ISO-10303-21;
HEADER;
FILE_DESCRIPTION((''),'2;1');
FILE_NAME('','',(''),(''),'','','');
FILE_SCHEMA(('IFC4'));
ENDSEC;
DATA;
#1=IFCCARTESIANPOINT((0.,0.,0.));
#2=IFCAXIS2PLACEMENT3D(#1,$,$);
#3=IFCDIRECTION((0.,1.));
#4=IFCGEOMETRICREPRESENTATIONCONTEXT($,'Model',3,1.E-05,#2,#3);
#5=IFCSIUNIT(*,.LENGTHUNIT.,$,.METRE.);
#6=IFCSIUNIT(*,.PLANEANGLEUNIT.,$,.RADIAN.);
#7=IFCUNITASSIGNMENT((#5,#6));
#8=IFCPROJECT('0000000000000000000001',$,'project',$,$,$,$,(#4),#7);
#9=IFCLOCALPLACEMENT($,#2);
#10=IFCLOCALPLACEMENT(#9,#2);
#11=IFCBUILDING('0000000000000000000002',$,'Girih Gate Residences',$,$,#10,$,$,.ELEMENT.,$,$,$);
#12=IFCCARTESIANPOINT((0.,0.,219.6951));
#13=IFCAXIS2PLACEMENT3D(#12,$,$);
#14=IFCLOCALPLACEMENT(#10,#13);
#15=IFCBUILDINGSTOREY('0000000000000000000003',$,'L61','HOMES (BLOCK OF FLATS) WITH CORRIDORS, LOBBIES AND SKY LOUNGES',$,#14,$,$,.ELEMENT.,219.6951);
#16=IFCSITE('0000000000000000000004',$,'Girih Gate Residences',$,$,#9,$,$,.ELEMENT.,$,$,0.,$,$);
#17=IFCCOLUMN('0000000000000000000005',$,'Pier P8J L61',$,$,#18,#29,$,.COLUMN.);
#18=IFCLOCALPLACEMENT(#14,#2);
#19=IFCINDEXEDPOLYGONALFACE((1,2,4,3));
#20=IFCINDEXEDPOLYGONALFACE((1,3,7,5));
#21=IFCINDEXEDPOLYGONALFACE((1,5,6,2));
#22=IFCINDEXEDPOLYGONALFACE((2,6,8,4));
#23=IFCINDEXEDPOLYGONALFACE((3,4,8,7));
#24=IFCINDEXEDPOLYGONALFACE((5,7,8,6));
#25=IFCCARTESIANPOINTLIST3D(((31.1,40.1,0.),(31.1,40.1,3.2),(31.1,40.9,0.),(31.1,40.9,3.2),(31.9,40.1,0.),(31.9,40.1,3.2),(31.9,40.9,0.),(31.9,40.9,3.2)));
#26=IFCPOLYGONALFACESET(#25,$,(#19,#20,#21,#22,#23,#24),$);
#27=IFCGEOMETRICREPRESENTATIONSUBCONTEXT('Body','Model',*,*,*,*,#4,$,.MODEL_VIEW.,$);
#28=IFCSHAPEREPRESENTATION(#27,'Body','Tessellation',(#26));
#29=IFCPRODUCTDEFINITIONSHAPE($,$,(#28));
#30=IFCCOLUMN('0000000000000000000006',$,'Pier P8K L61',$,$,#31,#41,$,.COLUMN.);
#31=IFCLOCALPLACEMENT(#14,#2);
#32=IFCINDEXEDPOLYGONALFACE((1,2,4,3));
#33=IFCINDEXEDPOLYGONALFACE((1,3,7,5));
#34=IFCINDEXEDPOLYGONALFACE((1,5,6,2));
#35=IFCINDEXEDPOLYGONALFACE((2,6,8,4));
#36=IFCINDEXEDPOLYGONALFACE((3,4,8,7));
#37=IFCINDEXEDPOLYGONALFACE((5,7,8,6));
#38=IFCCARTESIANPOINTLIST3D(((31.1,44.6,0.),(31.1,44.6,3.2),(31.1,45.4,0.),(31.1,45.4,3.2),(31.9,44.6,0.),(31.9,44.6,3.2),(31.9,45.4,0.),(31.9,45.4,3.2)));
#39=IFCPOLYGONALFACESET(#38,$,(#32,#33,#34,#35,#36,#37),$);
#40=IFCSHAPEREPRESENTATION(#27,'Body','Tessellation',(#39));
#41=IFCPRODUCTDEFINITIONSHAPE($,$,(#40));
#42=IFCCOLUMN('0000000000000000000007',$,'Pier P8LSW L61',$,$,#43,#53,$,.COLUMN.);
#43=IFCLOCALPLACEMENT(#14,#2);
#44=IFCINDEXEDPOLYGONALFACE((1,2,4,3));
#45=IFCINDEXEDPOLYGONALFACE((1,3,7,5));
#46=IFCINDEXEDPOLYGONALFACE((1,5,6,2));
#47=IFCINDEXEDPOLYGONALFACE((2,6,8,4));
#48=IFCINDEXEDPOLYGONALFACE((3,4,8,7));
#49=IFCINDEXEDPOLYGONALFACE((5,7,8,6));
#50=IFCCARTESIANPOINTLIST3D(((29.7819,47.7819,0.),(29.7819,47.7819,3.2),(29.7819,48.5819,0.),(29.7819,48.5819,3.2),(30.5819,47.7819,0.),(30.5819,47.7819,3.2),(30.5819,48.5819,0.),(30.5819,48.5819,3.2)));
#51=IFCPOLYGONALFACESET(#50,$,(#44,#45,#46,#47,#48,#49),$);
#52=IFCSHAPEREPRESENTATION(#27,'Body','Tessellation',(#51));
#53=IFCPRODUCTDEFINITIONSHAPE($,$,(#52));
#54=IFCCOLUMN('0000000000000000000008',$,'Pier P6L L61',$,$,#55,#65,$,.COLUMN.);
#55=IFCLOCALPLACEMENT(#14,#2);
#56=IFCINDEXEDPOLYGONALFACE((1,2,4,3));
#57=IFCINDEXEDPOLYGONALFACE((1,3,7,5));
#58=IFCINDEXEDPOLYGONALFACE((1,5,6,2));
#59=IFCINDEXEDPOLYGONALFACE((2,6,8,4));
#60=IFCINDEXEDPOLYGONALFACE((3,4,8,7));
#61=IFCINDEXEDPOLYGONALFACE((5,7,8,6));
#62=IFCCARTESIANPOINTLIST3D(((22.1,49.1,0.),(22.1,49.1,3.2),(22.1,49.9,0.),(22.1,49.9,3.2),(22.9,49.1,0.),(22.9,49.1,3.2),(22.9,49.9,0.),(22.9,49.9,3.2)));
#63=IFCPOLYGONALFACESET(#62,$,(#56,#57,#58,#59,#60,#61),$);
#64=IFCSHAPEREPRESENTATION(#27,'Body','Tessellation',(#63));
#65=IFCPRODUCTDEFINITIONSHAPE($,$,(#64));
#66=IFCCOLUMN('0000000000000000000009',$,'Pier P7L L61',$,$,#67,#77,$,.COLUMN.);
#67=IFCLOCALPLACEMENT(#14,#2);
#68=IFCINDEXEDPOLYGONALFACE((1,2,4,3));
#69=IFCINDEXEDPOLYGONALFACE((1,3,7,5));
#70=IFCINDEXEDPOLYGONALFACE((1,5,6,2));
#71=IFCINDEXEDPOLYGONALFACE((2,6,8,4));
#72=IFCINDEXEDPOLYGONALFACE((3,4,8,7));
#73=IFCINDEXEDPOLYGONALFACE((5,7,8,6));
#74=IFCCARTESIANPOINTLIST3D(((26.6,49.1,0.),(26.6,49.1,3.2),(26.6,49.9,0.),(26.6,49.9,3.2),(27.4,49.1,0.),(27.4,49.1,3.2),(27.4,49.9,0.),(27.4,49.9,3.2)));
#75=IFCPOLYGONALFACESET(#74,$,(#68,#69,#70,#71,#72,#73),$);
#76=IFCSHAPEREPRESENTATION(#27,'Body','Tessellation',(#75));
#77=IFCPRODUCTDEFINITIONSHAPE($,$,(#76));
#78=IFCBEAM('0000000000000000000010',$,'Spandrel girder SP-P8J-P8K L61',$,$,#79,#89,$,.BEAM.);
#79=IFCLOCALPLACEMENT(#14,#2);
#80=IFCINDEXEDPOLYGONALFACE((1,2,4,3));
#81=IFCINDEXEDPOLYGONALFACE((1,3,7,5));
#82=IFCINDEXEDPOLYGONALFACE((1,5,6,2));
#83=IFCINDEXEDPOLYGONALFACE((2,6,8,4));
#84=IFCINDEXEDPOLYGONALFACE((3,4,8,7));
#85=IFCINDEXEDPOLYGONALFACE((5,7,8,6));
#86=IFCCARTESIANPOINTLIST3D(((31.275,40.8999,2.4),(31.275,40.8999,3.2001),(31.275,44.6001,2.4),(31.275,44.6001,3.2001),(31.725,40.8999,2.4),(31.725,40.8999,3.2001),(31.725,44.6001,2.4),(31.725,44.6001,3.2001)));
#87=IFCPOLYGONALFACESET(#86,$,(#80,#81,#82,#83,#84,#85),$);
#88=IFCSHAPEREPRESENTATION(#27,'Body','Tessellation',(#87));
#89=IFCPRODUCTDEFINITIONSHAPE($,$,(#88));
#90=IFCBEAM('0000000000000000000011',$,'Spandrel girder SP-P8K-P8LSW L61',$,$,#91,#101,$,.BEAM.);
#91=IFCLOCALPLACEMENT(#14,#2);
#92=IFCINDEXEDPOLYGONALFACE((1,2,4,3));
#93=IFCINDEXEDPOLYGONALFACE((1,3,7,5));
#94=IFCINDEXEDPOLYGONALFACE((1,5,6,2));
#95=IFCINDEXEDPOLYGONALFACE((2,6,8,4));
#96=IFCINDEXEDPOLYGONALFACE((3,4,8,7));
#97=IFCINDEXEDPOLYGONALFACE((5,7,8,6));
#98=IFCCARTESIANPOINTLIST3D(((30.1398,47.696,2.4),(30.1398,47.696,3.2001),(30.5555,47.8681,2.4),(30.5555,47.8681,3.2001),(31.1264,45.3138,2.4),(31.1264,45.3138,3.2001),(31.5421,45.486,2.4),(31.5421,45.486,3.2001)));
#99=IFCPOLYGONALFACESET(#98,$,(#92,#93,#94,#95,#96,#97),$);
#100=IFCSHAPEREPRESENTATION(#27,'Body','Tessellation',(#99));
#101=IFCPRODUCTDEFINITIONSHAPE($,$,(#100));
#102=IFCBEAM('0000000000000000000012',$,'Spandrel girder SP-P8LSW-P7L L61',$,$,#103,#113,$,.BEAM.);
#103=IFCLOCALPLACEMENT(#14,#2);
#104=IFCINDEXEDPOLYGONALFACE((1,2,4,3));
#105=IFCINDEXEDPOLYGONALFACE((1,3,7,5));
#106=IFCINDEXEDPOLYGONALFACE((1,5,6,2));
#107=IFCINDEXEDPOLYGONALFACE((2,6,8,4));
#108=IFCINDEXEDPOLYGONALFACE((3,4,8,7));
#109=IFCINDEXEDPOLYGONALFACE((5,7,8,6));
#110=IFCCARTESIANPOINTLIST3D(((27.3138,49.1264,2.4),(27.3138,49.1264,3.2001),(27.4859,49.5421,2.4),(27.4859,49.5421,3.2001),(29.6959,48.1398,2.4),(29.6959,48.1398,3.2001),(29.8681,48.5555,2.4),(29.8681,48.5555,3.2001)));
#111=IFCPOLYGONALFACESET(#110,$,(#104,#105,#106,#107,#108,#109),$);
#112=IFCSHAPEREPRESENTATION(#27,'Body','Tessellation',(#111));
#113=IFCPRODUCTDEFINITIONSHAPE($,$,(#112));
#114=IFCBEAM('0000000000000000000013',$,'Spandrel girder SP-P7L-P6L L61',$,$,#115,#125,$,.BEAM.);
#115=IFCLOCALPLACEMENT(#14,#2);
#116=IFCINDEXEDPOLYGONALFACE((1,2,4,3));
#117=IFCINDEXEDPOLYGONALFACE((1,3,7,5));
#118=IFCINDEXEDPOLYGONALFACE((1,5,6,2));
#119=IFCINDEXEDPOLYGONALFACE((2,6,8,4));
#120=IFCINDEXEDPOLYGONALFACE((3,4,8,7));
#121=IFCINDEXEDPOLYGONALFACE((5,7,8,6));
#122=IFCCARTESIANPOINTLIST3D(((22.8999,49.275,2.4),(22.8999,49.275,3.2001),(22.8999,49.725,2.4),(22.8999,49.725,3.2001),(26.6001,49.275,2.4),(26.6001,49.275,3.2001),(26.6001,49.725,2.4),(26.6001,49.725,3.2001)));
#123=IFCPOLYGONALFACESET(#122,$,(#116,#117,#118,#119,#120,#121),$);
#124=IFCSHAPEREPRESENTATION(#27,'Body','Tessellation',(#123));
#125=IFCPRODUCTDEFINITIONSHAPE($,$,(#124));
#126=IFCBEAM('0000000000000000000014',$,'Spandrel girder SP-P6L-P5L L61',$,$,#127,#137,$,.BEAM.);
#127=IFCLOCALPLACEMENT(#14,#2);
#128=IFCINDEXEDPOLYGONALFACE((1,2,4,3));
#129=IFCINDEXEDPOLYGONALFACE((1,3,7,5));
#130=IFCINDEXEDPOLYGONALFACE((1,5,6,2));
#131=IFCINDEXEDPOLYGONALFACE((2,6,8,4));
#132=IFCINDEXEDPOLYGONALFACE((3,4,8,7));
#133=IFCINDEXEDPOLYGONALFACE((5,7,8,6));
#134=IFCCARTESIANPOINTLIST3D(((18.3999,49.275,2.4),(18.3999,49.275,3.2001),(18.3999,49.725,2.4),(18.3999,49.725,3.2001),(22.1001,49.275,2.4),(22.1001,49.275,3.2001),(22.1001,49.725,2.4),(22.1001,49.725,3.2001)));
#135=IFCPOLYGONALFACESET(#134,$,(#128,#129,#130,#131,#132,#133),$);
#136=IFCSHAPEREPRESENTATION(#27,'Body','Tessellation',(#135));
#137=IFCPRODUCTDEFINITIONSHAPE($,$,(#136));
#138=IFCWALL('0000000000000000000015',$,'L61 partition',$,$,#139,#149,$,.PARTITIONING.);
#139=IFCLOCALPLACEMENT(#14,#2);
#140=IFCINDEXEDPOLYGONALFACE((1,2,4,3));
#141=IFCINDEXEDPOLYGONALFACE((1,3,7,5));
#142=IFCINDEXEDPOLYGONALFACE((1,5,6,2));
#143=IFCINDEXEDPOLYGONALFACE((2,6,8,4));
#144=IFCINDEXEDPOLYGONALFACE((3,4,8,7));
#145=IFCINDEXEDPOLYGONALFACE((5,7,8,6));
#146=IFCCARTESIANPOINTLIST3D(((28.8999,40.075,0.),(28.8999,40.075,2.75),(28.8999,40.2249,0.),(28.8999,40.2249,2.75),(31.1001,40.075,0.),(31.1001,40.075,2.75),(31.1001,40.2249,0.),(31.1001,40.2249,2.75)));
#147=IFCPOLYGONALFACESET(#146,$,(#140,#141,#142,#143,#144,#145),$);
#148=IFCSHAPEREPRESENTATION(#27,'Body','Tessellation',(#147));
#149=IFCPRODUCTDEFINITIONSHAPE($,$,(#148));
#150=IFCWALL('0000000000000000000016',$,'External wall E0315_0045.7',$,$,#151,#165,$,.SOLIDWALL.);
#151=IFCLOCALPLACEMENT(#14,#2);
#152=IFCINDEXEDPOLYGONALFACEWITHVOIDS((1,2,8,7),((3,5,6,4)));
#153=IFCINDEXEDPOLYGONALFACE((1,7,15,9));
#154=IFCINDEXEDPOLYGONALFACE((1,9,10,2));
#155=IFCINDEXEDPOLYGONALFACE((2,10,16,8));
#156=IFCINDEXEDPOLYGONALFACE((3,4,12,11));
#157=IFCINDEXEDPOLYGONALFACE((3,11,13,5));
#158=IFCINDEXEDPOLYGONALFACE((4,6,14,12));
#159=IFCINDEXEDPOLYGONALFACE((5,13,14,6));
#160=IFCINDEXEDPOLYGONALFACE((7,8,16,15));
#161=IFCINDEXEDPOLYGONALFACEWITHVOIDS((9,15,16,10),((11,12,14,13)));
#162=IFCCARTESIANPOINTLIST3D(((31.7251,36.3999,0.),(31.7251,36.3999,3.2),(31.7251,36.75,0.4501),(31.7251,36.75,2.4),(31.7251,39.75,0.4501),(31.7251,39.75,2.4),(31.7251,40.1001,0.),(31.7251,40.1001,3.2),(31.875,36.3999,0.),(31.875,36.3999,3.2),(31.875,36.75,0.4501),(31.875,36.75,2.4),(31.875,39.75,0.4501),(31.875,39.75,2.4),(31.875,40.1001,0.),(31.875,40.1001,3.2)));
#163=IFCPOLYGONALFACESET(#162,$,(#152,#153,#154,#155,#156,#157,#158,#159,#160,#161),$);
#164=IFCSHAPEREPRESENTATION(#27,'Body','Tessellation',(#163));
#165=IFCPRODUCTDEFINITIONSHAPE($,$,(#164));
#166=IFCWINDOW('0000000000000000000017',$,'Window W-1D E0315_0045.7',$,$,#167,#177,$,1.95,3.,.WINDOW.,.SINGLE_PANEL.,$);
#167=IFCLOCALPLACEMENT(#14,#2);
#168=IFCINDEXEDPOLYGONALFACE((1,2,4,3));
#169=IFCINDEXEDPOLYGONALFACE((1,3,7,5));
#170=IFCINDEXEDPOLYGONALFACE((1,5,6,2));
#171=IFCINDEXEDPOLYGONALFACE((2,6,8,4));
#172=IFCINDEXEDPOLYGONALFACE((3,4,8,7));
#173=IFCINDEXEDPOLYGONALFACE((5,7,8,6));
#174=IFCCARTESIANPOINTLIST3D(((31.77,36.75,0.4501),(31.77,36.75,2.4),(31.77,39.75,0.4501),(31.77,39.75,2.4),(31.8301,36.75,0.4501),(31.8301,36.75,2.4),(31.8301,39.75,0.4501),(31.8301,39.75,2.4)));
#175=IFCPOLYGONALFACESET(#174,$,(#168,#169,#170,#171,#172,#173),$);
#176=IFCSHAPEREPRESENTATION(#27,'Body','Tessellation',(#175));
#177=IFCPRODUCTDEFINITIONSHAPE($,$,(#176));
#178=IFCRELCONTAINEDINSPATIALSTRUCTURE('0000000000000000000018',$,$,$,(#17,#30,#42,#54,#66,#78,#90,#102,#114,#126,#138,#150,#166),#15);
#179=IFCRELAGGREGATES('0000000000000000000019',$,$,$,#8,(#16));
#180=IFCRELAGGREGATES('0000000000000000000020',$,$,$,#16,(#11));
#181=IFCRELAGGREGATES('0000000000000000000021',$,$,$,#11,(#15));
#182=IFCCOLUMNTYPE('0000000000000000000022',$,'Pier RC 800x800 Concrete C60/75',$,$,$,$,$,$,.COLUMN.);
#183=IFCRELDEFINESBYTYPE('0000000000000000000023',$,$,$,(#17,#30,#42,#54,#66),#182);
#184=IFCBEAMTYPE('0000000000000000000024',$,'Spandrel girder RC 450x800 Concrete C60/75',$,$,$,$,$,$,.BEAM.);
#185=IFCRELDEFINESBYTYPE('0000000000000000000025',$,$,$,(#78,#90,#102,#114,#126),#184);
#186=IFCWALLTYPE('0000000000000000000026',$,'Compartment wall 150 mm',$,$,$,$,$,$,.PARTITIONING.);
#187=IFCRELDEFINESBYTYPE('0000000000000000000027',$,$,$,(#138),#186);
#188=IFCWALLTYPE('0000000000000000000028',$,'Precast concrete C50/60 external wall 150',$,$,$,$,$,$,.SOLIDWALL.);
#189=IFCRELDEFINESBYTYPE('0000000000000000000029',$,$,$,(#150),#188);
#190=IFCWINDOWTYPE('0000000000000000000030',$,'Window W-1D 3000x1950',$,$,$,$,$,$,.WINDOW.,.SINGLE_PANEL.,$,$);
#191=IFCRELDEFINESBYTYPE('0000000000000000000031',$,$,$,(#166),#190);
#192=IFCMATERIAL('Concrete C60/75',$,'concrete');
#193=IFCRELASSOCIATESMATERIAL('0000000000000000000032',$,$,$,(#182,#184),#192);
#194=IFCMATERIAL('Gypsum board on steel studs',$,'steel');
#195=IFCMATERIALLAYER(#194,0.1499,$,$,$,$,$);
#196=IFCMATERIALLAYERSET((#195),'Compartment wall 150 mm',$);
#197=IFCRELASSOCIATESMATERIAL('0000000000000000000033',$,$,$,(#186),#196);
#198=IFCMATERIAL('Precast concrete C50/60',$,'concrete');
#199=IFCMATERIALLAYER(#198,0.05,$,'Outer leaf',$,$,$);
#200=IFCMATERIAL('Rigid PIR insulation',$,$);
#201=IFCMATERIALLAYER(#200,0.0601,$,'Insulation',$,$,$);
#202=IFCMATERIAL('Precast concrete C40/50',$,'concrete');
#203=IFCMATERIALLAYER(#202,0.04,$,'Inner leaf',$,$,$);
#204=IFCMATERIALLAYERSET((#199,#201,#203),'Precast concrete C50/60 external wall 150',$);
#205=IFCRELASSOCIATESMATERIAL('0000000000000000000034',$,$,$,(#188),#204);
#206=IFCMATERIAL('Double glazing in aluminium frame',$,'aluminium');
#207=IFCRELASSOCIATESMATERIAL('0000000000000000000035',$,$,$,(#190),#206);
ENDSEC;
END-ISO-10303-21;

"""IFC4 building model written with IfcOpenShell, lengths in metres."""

from ifc_helpers import new_model, si_unit, direction, frame, frame_2d, origin, origin_2d, place, context, subcontext, project, spatial, rectangle, extrude, material, layer, layer_set, material_profile, profile_set, type_object, element, fill, save


model = new_model("IFC4")

# Units and contexts
model_context = context("Model", 3, precision=1e-05, world=origin(), true_north=direction((0.0, 1.0)))
body_context = subcontext(model_context, "Body", "Model", "MODEL_VIEW")
ifc_project = project(units=[si_unit("LENGTHUNIT", "METRE"), si_unit("PLANEANGLEUNIT", "RADIAN")], contexts=[model_context])

# Site, building, storey
site_placement = place(None, origin())
site = spatial("IfcSite", under=ifc_project, at=site_placement, Name="Girih Gate Residences", CompositionType="ELEMENT", RefElevation=0.0)
building_placement = place(site_placement, origin())
building = spatial("IfcBuilding", under=site, at=building_placement, Name="Girih Gate Residences", CompositionType="ELEMENT")
storey_placement = place(building_placement, frame((0.0, 0.0, 219.6951)))
storey = spatial("IfcBuildingStorey", under=building, at=storey_placement, Name="L61", Description="HOMES (BLOCK OF FLATS) WITH CORRIDORS, LOBBIES AND SKY LOUNGES", CompositionType="ELEMENT", Elevation=219.6951)

# Columns
ifc_material_1 = material(Name="Concrete C60/75", Category="concrete")
ifc_material_profile_1 = material_profile(ifc_material_1, rectangle(XDim=0.8, YDim=0.8, at=origin_2d()))
ifc_profile_set_1 = profile_set([ifc_material_profile_1], Name="Concrete C60/75")
column_type = type_object("IfcColumnType", Name="Pier RC 800x800 Concrete C60/75", PredefinedType="COLUMN", material=ifc_profile_set_1)
for number, where, z_axis, x_axis, name in (
    (1, (31.5, 40.5, 0.0), (0.0, 0.0, 1.0), (1.0, 0.0, 0.0), "Pier P8J L61"),
    (2, (31.5, 45.0, 0.0), (0.0, 0.0, 1.0), (1.0, 0.0, 0.0), "Pier P8K L61"),
    (3, (30.1819, 48.1819, 0.0), (0.0, 0.0, 1.0), (1.0, 0.0, 0.0), "Pier P8LSW L61"),
    (4, (22.5, 49.5, 0.0), (0.0, 0.0, 1.0), (1.0, 0.0, 0.0), "Pier P6L L61"),
    (5, (27.0, 49.5, 0.0), (0.0, 0.0, 1.0), (1.0, 0.0, 0.0), "Pier P7L L61"),
):
    element("IfcColumn", number, at=place(storey_placement, frame(where, z_axis=z_axis, x_axis=x_axis)), inside=storey, type_object=column_type, Name=name, PredefinedType="COLUMN", context=body_context, shape_type="SweptSolid", body=[
        extrude(rectangle(XDim=0.8, YDim=0.8, at=origin_2d()), origin(), (0.0, 0.0, 1.0), 3.2),
    ])

# Beams
ifc_material_profile_2 = material_profile(ifc_material_1, rectangle(XDim=0.45, YDim=0.8, at=origin_2d()))
ifc_profile_set_2 = profile_set([ifc_material_profile_2], Name="Concrete C60/75")
beam_type = type_object("IfcBeamType", Name="Spandrel girder RC 450x800 Concrete C60/75", PredefinedType="BEAM", material=ifc_profile_set_2)
beam_placement = place(storey_placement, frame((31.5, 40.8999, 2.8), z_axis=(0.0, 1.0, 0.0), x_axis=(-1.0, 0.0, 0.0)))
element("IfcBeam", 6, at=beam_placement, inside=storey, type_object=beam_type, Name="Spandrel girder SP-P8J-P8K L61", PredefinedType="BEAM", context=body_context, shape_type="SweptSolid", body=[
    extrude(rectangle(XDim=0.45, YDim=0.8, at=origin_2d()), origin(), (0.0, 0.0, 1.0), 3.7002),
])
for number, where, z_axis, x_axis, name in (
    (7, (31.3342, 45.3999, 2.8), (-0.382644, 0.923896, 0.0), (-0.923896, -0.382644, 0.0), "Spandrel girder SP-P8K-P8LSW L61"),
    (8, (29.782, 48.3477, 2.8), (-0.923896, 0.382644, 0.0), (-0.382644, -0.923896, 0.0), "Spandrel girder SP-P8LSW-P7L L61"),
):
    element("IfcBeam", number, at=place(storey_placement, frame(where, z_axis=z_axis, x_axis=x_axis)), inside=storey, type_object=beam_type, Name=name, PredefinedType="BEAM", context=body_context, shape_type="SweptSolid", body=[
        extrude(rectangle(XDim=0.45, YDim=0.8, at=origin_2d()), origin(), (0.0, 0.0, 1.0), 2.5784),
    ])
for number, where, z_axis, x_axis, name in (
    (9, (26.6001, 49.5, 2.8), (-1.0, 0.0, 0.0), (0.0, -1.0, 0.0), "Spandrel girder SP-P7L-P6L L61"),
    (10, (22.1001, 49.5, 2.8), (-1.0, 0.0, 0.0), (0.0, -1.0, 0.0), "Spandrel girder SP-P6L-P5L L61"),
):
    element("IfcBeam", number, at=place(storey_placement, frame(where, z_axis=z_axis, x_axis=x_axis)), inside=storey, type_object=beam_type, Name=name, PredefinedType="BEAM", context=body_context, shape_type="SweptSolid", body=[
        extrude(rectangle(XDim=0.45, YDim=0.8, at=origin_2d()), origin(), (0.0, 0.0, 1.0), 3.7002),
    ])

# Wall
ifc_material_2 = material(Name="Gypsum board on steel studs", Category="steel")
ifc_layer_1 = layer(ifc_material_2, 0.1499)
ifc_layer_set_1 = layer_set([ifc_layer_1], Name="Compartment wall 150 mm")
wall_type_1 = type_object("IfcWallType", Name="Compartment wall 150 mm", PredefinedType="PARTITIONING", material=ifc_layer_set_1)
wall_1_placement = place(storey_placement, frame((28.8999, 40.1499, 0.0), z_axis=(0.0, 0.0, 1.0), x_axis=(1.0, 0.0, 0.0)))
element("IfcWall", 11, at=wall_1_placement, inside=storey, type_object=wall_type_1, Name="L61 partition", PredefinedType="PARTITIONING", context=body_context, shape_type="SweptSolid", body=[
    extrude(rectangle(XDim=2.2002, YDim=0.1499, at=frame_2d((1.1001, 0.0))), origin(), (0.0, 0.0, 1.0), 2.75),
])

# Wall, opening, window
ifc_material_3 = material(Name="Precast concrete C50/60", Category="concrete")
ifc_layer_2 = layer(ifc_material_3, 0.05, Name="Outer leaf")
ifc_material_4 = material(Name="Rigid PIR insulation")
ifc_layer_3 = layer(ifc_material_4, 0.0601, Name="Insulation")
ifc_material_5 = material(Name="Precast concrete C40/50", Category="concrete")
ifc_layer_4 = layer(ifc_material_5, 0.04, Name="Inner leaf")
ifc_layer_set_2 = layer_set([ifc_layer_2, ifc_layer_3, ifc_layer_4], Name="Precast concrete C50/60 external wall 150")
wall_type_2 = type_object("IfcWallType", Name="Precast concrete C50/60 external wall 150", PredefinedType="SOLIDWALL", material=ifc_layer_set_2)
wall_2_placement = place(storey_placement, frame((31.8, 40.1001, 0.0), z_axis=(0.0, 0.0, 1.0), x_axis=(0.0, -1.0, 0.0)))
wall_2 = element("IfcWall", 12, at=wall_2_placement, inside=storey, type_object=wall_type_2, Name="External wall E0315_0045.7", PredefinedType="SOLIDWALL", context=body_context, shape_type="SweptSolid", body=[
    extrude(rectangle(XDim=3.7002, YDim=0.1499, at=frame_2d((1.8501, 0.0))), origin(), (0.0, 0.0, 1.0), 3.2),
])
opening_1_placement = place(wall_2_placement, frame((0.3501, 0.0, 0.45)))
opening_1 = element("IfcOpeningElement", 13, at=opening_1_placement, cuts=wall_2, PredefinedType="OPENING", context=body_context, shape_type="SweptSolid", body=[
    extrude(rectangle(XDim=3.0, YDim=1.95, at=frame_2d((1.5, 0.9751))), frame((0.0, 0.085, 0.0), z_axis=(0.0, -1.0, 0.0), x_axis=(1.0, 0.0, 0.0)), (0.0, 0.0, 1.0), 0.1699),
])
ifc_material_6 = material(Name="Double glazing in aluminium frame", Category="aluminium")
window_type_1 = type_object("IfcWindowType", Name="Window W-1D 3000x1950", PartitioningType="SINGLE_PANEL", PredefinedType="WINDOW", material=ifc_material_6)
window_1_placement = place(opening_1_placement, origin())
window_1 = element("IfcWindow", 14, at=window_1_placement, inside=storey, type_object=window_type_1, Name="Window W-1D E0315_0045.7", OverallHeight=1.95, OverallWidth=3.0, PartitioningType="SINGLE_PANEL", PredefinedType="WINDOW", context=body_context, shape_type="SweptSolid", body=[
    extrude(rectangle(XDim=3.0, YDim=1.95, at=frame_2d((1.5, 0.9751))), frame((0.0, 0.03, 0.0), z_axis=(0.0, -1.0, 0.0), x_axis=(1.0, 0.0, 0.0)), (0.0, 0.0, 1.0), 0.0601),
])
fill(opening_1, window_1)

save(model, "model.ifc")
